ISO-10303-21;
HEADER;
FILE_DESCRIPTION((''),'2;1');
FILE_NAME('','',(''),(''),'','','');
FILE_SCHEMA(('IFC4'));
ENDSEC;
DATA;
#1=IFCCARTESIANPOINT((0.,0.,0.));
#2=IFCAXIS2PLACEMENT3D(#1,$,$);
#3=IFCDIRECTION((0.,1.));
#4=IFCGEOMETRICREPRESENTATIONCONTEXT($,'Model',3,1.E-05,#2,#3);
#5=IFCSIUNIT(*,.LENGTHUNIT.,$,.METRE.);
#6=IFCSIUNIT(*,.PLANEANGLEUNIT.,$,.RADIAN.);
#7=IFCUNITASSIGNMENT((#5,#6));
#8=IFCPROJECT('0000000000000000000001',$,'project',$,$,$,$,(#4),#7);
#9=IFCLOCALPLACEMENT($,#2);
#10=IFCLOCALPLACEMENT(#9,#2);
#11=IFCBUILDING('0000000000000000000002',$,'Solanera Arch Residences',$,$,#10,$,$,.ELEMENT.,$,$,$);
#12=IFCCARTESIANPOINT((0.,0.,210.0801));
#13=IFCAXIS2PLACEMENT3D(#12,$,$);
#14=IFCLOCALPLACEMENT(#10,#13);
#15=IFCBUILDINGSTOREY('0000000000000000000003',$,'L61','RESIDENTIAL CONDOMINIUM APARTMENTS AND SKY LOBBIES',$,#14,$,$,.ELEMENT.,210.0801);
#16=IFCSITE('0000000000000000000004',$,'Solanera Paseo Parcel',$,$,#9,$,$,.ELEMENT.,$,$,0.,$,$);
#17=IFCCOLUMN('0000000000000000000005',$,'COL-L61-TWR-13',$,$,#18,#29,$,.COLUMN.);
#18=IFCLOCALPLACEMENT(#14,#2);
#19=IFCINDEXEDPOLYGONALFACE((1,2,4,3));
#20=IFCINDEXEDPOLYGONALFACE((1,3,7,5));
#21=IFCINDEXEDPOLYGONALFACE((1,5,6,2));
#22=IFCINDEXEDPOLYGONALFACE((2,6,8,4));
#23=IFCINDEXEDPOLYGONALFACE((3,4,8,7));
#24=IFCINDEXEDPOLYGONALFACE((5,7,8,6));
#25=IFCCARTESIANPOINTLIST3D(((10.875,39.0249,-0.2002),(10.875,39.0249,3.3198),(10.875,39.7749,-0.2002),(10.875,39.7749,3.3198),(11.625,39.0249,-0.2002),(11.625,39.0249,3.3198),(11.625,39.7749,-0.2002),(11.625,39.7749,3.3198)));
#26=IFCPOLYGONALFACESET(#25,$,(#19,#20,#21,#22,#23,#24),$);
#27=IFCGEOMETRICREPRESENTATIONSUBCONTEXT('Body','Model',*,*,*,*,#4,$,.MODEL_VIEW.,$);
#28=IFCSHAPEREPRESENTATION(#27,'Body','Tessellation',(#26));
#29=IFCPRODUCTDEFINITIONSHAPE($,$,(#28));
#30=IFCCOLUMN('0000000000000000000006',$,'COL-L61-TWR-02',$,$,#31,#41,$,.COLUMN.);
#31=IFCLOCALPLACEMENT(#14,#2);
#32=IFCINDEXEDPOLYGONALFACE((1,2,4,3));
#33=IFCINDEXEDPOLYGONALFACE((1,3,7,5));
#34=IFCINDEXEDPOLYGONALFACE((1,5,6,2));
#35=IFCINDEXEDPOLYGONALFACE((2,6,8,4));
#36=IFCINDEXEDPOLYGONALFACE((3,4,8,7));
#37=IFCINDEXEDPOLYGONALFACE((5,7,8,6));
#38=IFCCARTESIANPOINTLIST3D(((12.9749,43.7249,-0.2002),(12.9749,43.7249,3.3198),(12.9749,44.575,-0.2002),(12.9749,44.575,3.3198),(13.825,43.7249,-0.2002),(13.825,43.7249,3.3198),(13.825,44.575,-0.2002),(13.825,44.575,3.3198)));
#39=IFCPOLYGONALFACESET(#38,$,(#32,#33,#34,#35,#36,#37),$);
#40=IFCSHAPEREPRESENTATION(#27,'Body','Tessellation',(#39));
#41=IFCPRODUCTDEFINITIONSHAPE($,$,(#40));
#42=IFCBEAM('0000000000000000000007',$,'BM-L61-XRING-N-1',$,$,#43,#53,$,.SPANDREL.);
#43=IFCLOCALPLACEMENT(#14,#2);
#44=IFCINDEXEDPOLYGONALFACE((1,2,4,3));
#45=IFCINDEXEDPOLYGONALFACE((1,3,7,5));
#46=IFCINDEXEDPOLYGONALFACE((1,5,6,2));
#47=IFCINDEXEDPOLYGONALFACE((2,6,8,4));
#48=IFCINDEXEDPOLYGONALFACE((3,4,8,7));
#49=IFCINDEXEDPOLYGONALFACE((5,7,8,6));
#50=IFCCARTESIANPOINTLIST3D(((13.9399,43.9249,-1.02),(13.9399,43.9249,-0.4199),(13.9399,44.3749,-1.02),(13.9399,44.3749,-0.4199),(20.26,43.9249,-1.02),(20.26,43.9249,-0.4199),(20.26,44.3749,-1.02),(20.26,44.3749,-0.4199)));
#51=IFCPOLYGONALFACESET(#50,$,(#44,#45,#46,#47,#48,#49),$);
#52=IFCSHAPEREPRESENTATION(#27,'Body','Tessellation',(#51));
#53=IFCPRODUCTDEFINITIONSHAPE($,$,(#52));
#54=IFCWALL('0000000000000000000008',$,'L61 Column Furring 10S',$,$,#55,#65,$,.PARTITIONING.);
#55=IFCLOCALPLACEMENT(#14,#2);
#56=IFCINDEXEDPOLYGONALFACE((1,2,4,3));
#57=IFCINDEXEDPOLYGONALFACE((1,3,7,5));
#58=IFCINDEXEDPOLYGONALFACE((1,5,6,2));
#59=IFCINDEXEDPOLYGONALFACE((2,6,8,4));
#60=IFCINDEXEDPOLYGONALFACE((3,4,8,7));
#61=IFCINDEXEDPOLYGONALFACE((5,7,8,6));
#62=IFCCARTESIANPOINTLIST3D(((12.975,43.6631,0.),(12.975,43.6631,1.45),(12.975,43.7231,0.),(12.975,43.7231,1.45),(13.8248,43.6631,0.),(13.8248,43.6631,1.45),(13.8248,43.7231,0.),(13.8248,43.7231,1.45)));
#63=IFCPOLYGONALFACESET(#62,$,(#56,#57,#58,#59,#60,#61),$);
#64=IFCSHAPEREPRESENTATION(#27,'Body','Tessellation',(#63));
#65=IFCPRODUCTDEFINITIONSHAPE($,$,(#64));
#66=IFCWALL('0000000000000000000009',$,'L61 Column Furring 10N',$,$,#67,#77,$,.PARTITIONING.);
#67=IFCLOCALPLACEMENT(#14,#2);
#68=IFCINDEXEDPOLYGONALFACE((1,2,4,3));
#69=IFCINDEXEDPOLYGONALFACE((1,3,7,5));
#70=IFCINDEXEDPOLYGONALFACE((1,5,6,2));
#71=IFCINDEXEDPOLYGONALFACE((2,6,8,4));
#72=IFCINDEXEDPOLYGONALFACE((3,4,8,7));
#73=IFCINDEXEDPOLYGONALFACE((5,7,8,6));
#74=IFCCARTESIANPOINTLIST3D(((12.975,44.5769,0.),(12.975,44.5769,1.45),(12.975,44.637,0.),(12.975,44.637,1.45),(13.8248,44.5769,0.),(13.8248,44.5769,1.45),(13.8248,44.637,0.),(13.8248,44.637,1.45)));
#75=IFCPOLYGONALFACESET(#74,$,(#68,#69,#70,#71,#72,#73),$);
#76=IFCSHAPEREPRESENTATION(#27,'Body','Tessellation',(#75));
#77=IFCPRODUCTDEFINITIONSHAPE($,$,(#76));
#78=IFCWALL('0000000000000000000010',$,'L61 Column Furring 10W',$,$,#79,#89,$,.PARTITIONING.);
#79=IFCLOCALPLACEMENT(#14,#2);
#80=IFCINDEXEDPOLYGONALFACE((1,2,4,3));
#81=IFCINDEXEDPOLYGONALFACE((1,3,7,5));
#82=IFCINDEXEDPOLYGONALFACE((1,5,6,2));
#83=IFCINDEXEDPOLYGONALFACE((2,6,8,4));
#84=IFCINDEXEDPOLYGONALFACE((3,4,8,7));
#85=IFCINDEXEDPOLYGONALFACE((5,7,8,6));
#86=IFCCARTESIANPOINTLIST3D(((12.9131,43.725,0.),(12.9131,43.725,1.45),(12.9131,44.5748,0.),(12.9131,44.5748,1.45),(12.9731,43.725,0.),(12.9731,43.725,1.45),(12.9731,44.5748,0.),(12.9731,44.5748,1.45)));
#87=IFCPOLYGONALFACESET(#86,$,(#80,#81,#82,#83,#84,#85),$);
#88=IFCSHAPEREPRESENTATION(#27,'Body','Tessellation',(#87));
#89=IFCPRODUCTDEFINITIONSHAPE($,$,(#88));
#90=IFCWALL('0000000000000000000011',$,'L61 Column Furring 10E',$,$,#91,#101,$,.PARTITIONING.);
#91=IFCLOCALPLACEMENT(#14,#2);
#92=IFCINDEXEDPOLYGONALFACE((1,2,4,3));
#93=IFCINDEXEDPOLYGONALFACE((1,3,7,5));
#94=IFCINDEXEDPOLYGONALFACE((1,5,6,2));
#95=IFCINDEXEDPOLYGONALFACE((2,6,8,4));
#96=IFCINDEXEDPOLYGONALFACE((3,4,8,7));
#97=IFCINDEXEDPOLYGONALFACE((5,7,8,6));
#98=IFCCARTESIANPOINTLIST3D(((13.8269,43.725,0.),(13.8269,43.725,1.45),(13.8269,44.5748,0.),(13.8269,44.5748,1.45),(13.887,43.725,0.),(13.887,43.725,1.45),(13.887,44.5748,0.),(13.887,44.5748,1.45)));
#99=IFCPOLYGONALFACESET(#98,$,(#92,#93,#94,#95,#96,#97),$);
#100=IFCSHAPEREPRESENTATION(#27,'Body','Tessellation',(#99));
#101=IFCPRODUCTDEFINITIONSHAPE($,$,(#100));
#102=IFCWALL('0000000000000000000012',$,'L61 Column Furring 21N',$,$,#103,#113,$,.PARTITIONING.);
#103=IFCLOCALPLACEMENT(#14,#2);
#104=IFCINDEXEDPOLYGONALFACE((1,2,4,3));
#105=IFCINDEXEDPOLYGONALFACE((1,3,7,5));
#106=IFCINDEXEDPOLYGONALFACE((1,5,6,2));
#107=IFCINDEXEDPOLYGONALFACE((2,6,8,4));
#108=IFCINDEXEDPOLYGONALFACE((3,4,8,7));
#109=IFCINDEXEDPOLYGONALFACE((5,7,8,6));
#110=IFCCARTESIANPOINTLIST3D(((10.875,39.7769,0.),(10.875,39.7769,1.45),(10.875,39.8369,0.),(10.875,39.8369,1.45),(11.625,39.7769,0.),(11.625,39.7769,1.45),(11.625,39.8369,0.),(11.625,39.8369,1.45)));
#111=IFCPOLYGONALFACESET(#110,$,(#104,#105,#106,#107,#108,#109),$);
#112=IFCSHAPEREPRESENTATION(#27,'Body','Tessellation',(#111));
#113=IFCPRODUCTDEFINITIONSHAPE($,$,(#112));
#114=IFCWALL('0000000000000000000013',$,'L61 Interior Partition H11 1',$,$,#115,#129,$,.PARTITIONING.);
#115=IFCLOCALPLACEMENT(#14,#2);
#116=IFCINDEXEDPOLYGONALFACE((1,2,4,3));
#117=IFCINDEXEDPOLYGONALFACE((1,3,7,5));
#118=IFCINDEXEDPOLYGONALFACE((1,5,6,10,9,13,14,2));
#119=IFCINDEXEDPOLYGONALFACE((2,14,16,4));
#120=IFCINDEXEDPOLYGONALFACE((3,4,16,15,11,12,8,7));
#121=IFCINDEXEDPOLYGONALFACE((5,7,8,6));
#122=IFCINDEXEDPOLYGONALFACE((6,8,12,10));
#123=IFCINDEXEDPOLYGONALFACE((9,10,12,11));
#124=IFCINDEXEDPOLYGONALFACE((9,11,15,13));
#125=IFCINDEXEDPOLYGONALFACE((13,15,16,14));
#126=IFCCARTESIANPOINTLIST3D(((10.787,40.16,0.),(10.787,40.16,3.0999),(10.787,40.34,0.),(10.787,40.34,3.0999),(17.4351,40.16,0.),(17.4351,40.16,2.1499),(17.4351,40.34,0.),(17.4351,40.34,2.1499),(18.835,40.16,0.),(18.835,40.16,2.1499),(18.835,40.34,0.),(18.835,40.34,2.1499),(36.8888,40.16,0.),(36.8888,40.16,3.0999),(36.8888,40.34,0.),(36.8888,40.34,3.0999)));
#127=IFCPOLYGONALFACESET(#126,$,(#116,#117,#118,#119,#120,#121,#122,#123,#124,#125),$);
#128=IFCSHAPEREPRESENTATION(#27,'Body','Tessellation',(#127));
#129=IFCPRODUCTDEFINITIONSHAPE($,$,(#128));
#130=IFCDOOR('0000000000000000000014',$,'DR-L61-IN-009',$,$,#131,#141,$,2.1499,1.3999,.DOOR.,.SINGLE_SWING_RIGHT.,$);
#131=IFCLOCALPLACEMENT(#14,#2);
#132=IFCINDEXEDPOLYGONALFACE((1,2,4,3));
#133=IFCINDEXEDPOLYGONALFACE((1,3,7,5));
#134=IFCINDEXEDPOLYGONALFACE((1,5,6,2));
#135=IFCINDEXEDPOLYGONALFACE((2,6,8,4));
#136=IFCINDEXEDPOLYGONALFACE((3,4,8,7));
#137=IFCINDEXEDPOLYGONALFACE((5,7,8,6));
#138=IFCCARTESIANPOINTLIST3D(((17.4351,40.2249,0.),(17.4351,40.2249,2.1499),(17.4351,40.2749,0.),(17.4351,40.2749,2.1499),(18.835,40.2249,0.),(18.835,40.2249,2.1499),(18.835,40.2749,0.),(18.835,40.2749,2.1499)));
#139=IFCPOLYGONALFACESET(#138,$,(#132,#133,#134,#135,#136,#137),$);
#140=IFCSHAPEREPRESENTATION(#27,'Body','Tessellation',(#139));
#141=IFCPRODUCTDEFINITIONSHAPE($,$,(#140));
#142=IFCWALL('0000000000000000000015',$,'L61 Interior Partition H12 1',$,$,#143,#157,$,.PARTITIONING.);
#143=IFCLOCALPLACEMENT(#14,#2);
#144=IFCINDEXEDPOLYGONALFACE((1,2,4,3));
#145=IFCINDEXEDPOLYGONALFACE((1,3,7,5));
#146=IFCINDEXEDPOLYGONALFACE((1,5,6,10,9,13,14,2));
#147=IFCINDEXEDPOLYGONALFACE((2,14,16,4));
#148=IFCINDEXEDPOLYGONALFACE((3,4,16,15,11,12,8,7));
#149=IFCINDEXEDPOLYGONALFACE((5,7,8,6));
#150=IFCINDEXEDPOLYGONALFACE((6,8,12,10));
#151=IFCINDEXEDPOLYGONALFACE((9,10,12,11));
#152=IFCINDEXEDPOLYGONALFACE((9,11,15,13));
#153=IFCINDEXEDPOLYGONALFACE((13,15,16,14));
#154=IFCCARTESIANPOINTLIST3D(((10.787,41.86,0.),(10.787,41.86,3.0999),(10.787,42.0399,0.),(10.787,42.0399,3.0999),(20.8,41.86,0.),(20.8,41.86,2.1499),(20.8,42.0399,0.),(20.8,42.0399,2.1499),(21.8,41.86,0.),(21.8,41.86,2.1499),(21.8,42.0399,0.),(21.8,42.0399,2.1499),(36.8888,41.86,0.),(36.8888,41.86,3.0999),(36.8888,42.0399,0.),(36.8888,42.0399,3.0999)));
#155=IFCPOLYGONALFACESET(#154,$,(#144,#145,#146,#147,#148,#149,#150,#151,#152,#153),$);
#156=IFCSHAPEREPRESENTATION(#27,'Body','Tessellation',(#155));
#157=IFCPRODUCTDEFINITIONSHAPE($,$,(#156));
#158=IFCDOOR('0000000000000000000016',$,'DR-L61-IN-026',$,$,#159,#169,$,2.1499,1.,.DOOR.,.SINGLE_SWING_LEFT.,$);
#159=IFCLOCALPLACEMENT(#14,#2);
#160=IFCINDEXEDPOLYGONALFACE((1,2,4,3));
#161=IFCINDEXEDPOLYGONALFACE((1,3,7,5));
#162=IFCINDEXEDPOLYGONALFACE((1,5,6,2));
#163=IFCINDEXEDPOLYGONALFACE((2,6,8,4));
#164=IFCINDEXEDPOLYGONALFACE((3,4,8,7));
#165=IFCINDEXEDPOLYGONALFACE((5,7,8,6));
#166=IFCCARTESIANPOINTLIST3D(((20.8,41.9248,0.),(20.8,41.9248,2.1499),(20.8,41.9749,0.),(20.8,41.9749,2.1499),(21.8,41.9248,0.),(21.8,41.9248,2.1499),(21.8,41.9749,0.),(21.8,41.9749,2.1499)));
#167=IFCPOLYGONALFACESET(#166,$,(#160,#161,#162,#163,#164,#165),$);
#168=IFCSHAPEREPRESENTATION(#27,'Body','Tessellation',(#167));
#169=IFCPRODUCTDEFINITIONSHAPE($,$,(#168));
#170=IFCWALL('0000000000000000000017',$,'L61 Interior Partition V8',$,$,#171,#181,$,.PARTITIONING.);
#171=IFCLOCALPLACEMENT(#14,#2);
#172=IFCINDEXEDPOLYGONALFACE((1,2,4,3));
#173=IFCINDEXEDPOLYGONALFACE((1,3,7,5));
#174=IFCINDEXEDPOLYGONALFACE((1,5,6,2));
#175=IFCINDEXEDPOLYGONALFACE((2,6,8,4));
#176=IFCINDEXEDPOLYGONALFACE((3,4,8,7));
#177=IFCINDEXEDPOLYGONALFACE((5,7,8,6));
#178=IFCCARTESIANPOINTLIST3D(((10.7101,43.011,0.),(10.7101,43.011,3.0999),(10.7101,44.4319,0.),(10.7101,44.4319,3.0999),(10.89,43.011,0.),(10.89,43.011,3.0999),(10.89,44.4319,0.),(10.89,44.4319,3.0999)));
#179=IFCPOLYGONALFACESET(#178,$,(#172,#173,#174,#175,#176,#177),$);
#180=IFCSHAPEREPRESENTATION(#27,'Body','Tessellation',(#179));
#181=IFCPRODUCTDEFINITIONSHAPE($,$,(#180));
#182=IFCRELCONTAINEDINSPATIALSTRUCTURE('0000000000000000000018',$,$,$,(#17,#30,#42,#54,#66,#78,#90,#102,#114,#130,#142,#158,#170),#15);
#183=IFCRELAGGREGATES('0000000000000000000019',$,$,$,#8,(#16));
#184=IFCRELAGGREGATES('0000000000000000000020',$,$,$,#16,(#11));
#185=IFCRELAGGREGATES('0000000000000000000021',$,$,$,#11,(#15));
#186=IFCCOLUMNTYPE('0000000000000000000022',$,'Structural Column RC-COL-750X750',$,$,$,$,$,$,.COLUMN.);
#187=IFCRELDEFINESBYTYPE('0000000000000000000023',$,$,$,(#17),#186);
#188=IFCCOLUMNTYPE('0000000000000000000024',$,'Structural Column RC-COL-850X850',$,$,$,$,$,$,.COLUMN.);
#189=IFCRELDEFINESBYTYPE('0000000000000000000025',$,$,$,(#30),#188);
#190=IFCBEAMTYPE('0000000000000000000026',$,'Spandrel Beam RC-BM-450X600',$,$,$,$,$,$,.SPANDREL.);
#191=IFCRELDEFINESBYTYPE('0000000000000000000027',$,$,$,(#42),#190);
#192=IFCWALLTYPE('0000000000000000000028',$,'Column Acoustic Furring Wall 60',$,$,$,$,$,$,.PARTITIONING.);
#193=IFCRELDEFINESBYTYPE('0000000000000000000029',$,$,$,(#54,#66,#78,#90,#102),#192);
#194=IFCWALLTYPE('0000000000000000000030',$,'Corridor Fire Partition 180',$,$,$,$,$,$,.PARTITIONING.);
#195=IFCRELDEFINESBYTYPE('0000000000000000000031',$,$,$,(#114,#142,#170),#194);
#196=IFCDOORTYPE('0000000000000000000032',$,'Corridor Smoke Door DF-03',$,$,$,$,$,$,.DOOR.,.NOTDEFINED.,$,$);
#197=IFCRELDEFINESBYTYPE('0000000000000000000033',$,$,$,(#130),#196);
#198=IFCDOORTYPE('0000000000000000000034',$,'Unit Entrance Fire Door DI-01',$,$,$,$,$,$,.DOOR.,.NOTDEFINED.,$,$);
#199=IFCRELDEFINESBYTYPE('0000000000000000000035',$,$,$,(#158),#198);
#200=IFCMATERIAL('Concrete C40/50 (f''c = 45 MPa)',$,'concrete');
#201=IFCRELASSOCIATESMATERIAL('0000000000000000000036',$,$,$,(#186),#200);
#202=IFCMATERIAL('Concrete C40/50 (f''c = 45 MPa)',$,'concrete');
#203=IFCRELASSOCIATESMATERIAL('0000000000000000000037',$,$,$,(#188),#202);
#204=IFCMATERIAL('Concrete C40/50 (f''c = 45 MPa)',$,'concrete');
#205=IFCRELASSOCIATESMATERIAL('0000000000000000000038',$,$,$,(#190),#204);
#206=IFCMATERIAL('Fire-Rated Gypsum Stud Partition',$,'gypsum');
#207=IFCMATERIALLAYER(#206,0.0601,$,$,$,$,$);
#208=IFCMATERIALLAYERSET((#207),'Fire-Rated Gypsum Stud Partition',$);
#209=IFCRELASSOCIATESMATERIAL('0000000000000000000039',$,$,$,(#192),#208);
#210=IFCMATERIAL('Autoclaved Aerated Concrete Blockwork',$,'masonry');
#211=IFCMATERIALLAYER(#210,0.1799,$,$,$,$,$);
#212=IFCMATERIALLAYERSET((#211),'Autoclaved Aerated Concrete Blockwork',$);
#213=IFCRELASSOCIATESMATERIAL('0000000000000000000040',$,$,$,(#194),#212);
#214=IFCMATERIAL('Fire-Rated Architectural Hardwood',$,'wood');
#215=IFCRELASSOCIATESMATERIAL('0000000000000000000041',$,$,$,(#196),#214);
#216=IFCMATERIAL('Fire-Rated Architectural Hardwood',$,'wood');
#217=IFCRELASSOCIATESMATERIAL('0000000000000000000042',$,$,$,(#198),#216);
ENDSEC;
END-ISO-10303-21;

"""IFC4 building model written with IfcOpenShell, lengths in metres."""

from ifc_helpers import new_model, si_unit, direction, frame, frame_2d, origin, origin_2d, place, context, subcontext, project, spatial, rectangle, extrude, material, layer, layer_set, material_profile, profile_set, type_object, element, fill, save


model = new_model("IFC4")

# Units and contexts
model_context = context("Model", 3, precision=1e-05, world=origin(), true_north=direction((0.0, 1.0)))
body_context = subcontext(model_context, "Body", "Model", "MODEL_VIEW")
ifc_project = project(units=[si_unit("LENGTHUNIT", "METRE"), si_unit("PLANEANGLEUNIT", "RADIAN")], contexts=[model_context])

# Site, building, storey
site_placement = place(None, origin())
site = spatial("IfcSite", under=ifc_project, at=site_placement, Name="Solanera Paseo Parcel", CompositionType="ELEMENT", RefElevation=0.0)
building_placement = place(site_placement, origin())
building = spatial("IfcBuilding", under=site, at=building_placement, Name="Solanera Arch Residences", CompositionType="ELEMENT")
storey_placement = place(building_placement, frame((0.0, 0.0, 210.0801)))
storey = spatial("IfcBuildingStorey", under=building, at=storey_placement, Name="L61", Description="RESIDENTIAL CONDOMINIUM APARTMENTS AND SKY LOBBIES", CompositionType="ELEMENT", Elevation=210.0801)

# Columns
ifc_material_1 = material(Name="Concrete C40/50 (f'c = 45 MPa)", Category="concrete")
ifc_material_profile_1 = material_profile(ifc_material_1, rectangle(XDim=0.75, YDim=0.75, at=origin_2d()))
ifc_profile_set_1 = profile_set([ifc_material_profile_1], Name="Concrete C40/50 (f'c = 45 MPa)")
column_type_1 = type_object("IfcColumnType", Name="Structural Column RC-COL-750X750", PredefinedType="COLUMN", material=ifc_profile_set_1)
column_1_placement = place(storey_placement, frame((11.25, 39.3999, -0.2002), z_axis=(0.0, 0.0, 1.0), x_axis=(1.0, 0.0, 0.0)))
element("IfcColumn", 1, at=column_1_placement, inside=storey, type_object=column_type_1, Name="COL-L61-TWR-13", PredefinedType="COLUMN", context=body_context, shape_type="SweptSolid", body=[
    extrude(rectangle(XDim=0.75, YDim=0.75, at=origin_2d()), origin(), (0.0, 0.0, 1.0), 3.52),
])
ifc_material_2 = material(Name="Concrete C40/50 (f'c = 45 MPa)", Category="concrete")
ifc_material_profile_2 = material_profile(ifc_material_2, rectangle(XDim=0.8501, YDim=0.8501, at=origin_2d()))
ifc_profile_set_2 = profile_set([ifc_material_profile_2], Name="Concrete C40/50 (f'c = 45 MPa)")
column_type_2 = type_object("IfcColumnType", Name="Structural Column RC-COL-850X850", PredefinedType="COLUMN", material=ifc_profile_set_2)
column_2_placement = place(storey_placement, frame((13.3999, 44.1499, -0.2002), z_axis=(0.0, 0.0, 1.0), x_axis=(1.0, 0.0, 0.0)))
element("IfcColumn", 2, at=column_2_placement, inside=storey, type_object=column_type_2, Name="COL-L61-TWR-02", PredefinedType="COLUMN", context=body_context, shape_type="SweptSolid", body=[
    extrude(rectangle(XDim=0.8501, YDim=0.8501, at=origin_2d()), origin(), (0.0, 0.0, 1.0), 3.52),
])

# Beam
ifc_material_3 = material(Name="Concrete C40/50 (f'c = 45 MPa)", Category="concrete")
ifc_material_profile_3 = material_profile(ifc_material_3, rectangle(XDim=0.45, YDim=0.6001, at=origin_2d()))
ifc_profile_set_3 = profile_set([ifc_material_profile_3], Name="Concrete C40/50 (f'c = 45 MPa)")
beam_type = type_object("IfcBeamType", Name="Spandrel Beam RC-BM-450X600", PredefinedType="SPANDREL", material=ifc_profile_set_3)
beam_placement = place(storey_placement, frame((13.9399, 44.1499, -0.72), z_axis=(1.0, 0.0, 0.0), x_axis=(0.0, 1.0, 0.0)))
element("IfcBeam", 3, at=beam_placement, inside=storey, type_object=beam_type, Name="BM-L61-XRING-N-1", PredefinedType="SPANDREL", context=body_context, shape_type="SweptSolid", body=[
    extrude(rectangle(XDim=0.45, YDim=0.6001, at=origin_2d()), origin(), (0.0, 0.0, 1.0), 6.3201),
])

# Walls
ifc_material_4 = material(Name="Fire-Rated Gypsum Stud Partition", Category="gypsum")
ifc_layer_1 = layer(ifc_material_4, 0.0601)
ifc_layer_set_1 = layer_set([ifc_layer_1], Name="Fire-Rated Gypsum Stud Partition")
wall_type_1 = type_object("IfcWallType", Name="Column Acoustic Furring Wall 60", PredefinedType="PARTITIONING", material=ifc_layer_set_1)
for number, where, z_axis, x_axis, name in (
    (4, (12.9751, 43.6931, 0.0), (0.0, 0.0, 1.0), (1.0, 0.0, 0.0), "L61 Column Furring 10S"),
    (5, (12.9751, 44.6069, 0.0), (0.0, 0.0, 1.0), (1.0, 0.0, 0.0), "L61 Column Furring 10N"),
    (6, (12.9431, 43.7251, 0.0), (0.0, 0.0, 1.0), (0.0, 1.0, 0.0), "L61 Column Furring 10W"),
    (7, (13.8569, 43.7251, 0.0), (0.0, 0.0, 1.0), (0.0, 1.0, 0.0), "L61 Column Furring 10E"),
):
    element("IfcWall", number, at=place(storey_placement, frame(where, z_axis=z_axis, x_axis=x_axis)), inside=storey, type_object=wall_type_1, Name=name, PredefinedType="PARTITIONING", context=body_context, shape_type="SweptSolid", body=[
        extrude(rectangle(XDim=0.8499, YDim=0.0601, at=frame_2d((0.4248, 0.0))), origin(), (0.0, 0.0, 1.0), 1.45),
    ])
wall_1_placement = place(storey_placement, frame((10.875, 39.8069, 0.0), z_axis=(0.0, 0.0, 1.0), x_axis=(1.0, 0.0, 0.0)))
element("IfcWall", 8, at=wall_1_placement, inside=storey, type_object=wall_type_1, Name="L61 Column Furring 21N", PredefinedType="PARTITIONING", context=body_context, shape_type="SweptSolid", body=[
    extrude(rectangle(XDim=0.75, YDim=0.0601, at=frame_2d((0.375, 0.0))), origin(), (0.0, 0.0, 1.0), 1.45),
])

# Walls, openings, doors
ifc_material_5 = material(Name="Autoclaved Aerated Concrete Blockwork", Category="masonry")
ifc_layer_2 = layer(ifc_material_5, 0.1799)
ifc_layer_set_2 = layer_set([ifc_layer_2], Name="Autoclaved Aerated Concrete Blockwork")
wall_type_2 = type_object("IfcWallType", Name="Corridor Fire Partition 180", PredefinedType="PARTITIONING", material=ifc_layer_set_2)
wall_2_placement = place(storey_placement, frame((10.7871, 40.25, 0.0), z_axis=(0.0, 0.0, 1.0), x_axis=(1.0, 0.0, 0.0)))
wall_2 = element("IfcWall", 9, at=wall_2_placement, inside=storey, type_object=wall_type_2, Name="L61 Interior Partition H11 1", PredefinedType="PARTITIONING", context=body_context, shape_type="SweptSolid", body=[
    extrude(rectangle(XDim=26.1018, YDim=0.1799, at=frame_2d((13.0508, 0.0))), origin(), (0.0, 0.0, 1.0), 3.0999),
])
opening_1_placement = place(wall_2_placement, frame((6.6479, 0.0, 0.0)))
opening_1 = element("IfcOpeningElement", 10, at=opening_1_placement, cuts=wall_2, PredefinedType="OPENING", context=body_context, shape_type="SweptSolid", body=[
    extrude(rectangle(XDim=1.3999, YDim=2.1499, at=frame_2d((0.7, 1.075))), frame((0.0, 0.1001, 0.0), z_axis=(0.0, -1.0, 0.0), x_axis=(1.0, 0.0, 0.0)), (0.0, 0.0, 1.0), 0.1999),
])
ifc_material_6 = material(Name="Fire-Rated Architectural Hardwood", Category="wood")
door_type_1 = type_object("IfcDoorType", Name="Corridor Smoke Door DF-03", OperationType="NOTDEFINED", PredefinedType="DOOR", material=ifc_material_6)
door_1_placement = place(opening_1_placement, origin())
door_1 = element("IfcDoor", 11, at=door_1_placement, inside=storey, type_object=door_type_1, Name="DR-L61-IN-009", OperationType="SINGLE_SWING_RIGHT", OverallHeight=2.1499, OverallWidth=1.3999, PredefinedType="DOOR", context=body_context, shape_type="SweptSolid", body=[
    extrude(rectangle(XDim=1.3999, YDim=2.1499, at=frame_2d((0.7, 1.075))), frame((0.0, 0.0249, 0.0), z_axis=(0.0, -1.0, 0.0), x_axis=(1.0, 0.0, 0.0)), (0.0, 0.0, 1.0), 0.05),
])
fill(opening_1, door_1)
wall_3_placement = place(storey_placement, frame((10.7871, 41.95, 0.0), z_axis=(0.0, 0.0, 1.0), x_axis=(1.0, 0.0, 0.0)))
wall_3 = element("IfcWall", 12, at=wall_3_placement, inside=storey, type_object=wall_type_2, Name="L61 Interior Partition H12 1", PredefinedType="PARTITIONING", context=body_context, shape_type="SweptSolid", body=[
    extrude(rectangle(XDim=26.1018, YDim=0.1799, at=frame_2d((13.0508, 0.0))), origin(), (0.0, 0.0, 1.0), 3.0999),
])
opening_2_placement = place(wall_3_placement, frame((10.0129, 0.0, 0.0)))
opening_2 = element("IfcOpeningElement", 13, at=opening_2_placement, cuts=wall_3, PredefinedType="OPENING", context=body_context, shape_type="SweptSolid", body=[
    extrude(rectangle(XDim=1.0, YDim=2.1499, at=frame_2d((0.5, 1.075))), frame((0.0, 0.1001, 0.0), z_axis=(0.0, -1.0, 0.0), x_axis=(1.0, 0.0, 0.0)), (0.0, 0.0, 1.0), 0.1999),
])
ifc_material_7 = material(Name="Fire-Rated Architectural Hardwood", Category="wood")
door_type_2 = type_object("IfcDoorType", Name="Unit Entrance Fire Door DI-01", OperationType="NOTDEFINED", PredefinedType="DOOR", material=ifc_material_7)
door_2_placement = place(opening_2_placement, origin())
door_2 = element("IfcDoor", 14, at=door_2_placement, inside=storey, type_object=door_type_2, Name="DR-L61-IN-026", OperationType="SINGLE_SWING_LEFT", OverallHeight=2.1499, OverallWidth=1.0, PredefinedType="DOOR", context=body_context, shape_type="SweptSolid", body=[
    extrude(rectangle(XDim=1.0, YDim=2.1499, at=frame_2d((0.5, 1.075))), frame((0.0, 0.0249, 0.0), z_axis=(0.0, -1.0, 0.0), x_axis=(1.0, 0.0, 0.0)), (0.0, 0.0, 1.0), 0.05),
])
fill(opening_2, door_2)

# Wall
wall_4_placement = place(storey_placement, frame((10.8, 43.011, 0.0), z_axis=(0.0, 0.0, 1.0), x_axis=(0.0, 1.0, 0.0)))
element("IfcWall", 15, at=wall_4_placement, inside=storey, type_object=wall_type_2, Name="L61 Interior Partition V8", PredefinedType="PARTITIONING", context=body_context, shape_type="SweptSolid", body=[
    extrude(rectangle(XDim=1.4209, YDim=0.1799, at=frame_2d((0.7104, 0.0))), origin(), (0.0, 0.0, 1.0), 3.0999),
])

save(model, "model.ifc")
